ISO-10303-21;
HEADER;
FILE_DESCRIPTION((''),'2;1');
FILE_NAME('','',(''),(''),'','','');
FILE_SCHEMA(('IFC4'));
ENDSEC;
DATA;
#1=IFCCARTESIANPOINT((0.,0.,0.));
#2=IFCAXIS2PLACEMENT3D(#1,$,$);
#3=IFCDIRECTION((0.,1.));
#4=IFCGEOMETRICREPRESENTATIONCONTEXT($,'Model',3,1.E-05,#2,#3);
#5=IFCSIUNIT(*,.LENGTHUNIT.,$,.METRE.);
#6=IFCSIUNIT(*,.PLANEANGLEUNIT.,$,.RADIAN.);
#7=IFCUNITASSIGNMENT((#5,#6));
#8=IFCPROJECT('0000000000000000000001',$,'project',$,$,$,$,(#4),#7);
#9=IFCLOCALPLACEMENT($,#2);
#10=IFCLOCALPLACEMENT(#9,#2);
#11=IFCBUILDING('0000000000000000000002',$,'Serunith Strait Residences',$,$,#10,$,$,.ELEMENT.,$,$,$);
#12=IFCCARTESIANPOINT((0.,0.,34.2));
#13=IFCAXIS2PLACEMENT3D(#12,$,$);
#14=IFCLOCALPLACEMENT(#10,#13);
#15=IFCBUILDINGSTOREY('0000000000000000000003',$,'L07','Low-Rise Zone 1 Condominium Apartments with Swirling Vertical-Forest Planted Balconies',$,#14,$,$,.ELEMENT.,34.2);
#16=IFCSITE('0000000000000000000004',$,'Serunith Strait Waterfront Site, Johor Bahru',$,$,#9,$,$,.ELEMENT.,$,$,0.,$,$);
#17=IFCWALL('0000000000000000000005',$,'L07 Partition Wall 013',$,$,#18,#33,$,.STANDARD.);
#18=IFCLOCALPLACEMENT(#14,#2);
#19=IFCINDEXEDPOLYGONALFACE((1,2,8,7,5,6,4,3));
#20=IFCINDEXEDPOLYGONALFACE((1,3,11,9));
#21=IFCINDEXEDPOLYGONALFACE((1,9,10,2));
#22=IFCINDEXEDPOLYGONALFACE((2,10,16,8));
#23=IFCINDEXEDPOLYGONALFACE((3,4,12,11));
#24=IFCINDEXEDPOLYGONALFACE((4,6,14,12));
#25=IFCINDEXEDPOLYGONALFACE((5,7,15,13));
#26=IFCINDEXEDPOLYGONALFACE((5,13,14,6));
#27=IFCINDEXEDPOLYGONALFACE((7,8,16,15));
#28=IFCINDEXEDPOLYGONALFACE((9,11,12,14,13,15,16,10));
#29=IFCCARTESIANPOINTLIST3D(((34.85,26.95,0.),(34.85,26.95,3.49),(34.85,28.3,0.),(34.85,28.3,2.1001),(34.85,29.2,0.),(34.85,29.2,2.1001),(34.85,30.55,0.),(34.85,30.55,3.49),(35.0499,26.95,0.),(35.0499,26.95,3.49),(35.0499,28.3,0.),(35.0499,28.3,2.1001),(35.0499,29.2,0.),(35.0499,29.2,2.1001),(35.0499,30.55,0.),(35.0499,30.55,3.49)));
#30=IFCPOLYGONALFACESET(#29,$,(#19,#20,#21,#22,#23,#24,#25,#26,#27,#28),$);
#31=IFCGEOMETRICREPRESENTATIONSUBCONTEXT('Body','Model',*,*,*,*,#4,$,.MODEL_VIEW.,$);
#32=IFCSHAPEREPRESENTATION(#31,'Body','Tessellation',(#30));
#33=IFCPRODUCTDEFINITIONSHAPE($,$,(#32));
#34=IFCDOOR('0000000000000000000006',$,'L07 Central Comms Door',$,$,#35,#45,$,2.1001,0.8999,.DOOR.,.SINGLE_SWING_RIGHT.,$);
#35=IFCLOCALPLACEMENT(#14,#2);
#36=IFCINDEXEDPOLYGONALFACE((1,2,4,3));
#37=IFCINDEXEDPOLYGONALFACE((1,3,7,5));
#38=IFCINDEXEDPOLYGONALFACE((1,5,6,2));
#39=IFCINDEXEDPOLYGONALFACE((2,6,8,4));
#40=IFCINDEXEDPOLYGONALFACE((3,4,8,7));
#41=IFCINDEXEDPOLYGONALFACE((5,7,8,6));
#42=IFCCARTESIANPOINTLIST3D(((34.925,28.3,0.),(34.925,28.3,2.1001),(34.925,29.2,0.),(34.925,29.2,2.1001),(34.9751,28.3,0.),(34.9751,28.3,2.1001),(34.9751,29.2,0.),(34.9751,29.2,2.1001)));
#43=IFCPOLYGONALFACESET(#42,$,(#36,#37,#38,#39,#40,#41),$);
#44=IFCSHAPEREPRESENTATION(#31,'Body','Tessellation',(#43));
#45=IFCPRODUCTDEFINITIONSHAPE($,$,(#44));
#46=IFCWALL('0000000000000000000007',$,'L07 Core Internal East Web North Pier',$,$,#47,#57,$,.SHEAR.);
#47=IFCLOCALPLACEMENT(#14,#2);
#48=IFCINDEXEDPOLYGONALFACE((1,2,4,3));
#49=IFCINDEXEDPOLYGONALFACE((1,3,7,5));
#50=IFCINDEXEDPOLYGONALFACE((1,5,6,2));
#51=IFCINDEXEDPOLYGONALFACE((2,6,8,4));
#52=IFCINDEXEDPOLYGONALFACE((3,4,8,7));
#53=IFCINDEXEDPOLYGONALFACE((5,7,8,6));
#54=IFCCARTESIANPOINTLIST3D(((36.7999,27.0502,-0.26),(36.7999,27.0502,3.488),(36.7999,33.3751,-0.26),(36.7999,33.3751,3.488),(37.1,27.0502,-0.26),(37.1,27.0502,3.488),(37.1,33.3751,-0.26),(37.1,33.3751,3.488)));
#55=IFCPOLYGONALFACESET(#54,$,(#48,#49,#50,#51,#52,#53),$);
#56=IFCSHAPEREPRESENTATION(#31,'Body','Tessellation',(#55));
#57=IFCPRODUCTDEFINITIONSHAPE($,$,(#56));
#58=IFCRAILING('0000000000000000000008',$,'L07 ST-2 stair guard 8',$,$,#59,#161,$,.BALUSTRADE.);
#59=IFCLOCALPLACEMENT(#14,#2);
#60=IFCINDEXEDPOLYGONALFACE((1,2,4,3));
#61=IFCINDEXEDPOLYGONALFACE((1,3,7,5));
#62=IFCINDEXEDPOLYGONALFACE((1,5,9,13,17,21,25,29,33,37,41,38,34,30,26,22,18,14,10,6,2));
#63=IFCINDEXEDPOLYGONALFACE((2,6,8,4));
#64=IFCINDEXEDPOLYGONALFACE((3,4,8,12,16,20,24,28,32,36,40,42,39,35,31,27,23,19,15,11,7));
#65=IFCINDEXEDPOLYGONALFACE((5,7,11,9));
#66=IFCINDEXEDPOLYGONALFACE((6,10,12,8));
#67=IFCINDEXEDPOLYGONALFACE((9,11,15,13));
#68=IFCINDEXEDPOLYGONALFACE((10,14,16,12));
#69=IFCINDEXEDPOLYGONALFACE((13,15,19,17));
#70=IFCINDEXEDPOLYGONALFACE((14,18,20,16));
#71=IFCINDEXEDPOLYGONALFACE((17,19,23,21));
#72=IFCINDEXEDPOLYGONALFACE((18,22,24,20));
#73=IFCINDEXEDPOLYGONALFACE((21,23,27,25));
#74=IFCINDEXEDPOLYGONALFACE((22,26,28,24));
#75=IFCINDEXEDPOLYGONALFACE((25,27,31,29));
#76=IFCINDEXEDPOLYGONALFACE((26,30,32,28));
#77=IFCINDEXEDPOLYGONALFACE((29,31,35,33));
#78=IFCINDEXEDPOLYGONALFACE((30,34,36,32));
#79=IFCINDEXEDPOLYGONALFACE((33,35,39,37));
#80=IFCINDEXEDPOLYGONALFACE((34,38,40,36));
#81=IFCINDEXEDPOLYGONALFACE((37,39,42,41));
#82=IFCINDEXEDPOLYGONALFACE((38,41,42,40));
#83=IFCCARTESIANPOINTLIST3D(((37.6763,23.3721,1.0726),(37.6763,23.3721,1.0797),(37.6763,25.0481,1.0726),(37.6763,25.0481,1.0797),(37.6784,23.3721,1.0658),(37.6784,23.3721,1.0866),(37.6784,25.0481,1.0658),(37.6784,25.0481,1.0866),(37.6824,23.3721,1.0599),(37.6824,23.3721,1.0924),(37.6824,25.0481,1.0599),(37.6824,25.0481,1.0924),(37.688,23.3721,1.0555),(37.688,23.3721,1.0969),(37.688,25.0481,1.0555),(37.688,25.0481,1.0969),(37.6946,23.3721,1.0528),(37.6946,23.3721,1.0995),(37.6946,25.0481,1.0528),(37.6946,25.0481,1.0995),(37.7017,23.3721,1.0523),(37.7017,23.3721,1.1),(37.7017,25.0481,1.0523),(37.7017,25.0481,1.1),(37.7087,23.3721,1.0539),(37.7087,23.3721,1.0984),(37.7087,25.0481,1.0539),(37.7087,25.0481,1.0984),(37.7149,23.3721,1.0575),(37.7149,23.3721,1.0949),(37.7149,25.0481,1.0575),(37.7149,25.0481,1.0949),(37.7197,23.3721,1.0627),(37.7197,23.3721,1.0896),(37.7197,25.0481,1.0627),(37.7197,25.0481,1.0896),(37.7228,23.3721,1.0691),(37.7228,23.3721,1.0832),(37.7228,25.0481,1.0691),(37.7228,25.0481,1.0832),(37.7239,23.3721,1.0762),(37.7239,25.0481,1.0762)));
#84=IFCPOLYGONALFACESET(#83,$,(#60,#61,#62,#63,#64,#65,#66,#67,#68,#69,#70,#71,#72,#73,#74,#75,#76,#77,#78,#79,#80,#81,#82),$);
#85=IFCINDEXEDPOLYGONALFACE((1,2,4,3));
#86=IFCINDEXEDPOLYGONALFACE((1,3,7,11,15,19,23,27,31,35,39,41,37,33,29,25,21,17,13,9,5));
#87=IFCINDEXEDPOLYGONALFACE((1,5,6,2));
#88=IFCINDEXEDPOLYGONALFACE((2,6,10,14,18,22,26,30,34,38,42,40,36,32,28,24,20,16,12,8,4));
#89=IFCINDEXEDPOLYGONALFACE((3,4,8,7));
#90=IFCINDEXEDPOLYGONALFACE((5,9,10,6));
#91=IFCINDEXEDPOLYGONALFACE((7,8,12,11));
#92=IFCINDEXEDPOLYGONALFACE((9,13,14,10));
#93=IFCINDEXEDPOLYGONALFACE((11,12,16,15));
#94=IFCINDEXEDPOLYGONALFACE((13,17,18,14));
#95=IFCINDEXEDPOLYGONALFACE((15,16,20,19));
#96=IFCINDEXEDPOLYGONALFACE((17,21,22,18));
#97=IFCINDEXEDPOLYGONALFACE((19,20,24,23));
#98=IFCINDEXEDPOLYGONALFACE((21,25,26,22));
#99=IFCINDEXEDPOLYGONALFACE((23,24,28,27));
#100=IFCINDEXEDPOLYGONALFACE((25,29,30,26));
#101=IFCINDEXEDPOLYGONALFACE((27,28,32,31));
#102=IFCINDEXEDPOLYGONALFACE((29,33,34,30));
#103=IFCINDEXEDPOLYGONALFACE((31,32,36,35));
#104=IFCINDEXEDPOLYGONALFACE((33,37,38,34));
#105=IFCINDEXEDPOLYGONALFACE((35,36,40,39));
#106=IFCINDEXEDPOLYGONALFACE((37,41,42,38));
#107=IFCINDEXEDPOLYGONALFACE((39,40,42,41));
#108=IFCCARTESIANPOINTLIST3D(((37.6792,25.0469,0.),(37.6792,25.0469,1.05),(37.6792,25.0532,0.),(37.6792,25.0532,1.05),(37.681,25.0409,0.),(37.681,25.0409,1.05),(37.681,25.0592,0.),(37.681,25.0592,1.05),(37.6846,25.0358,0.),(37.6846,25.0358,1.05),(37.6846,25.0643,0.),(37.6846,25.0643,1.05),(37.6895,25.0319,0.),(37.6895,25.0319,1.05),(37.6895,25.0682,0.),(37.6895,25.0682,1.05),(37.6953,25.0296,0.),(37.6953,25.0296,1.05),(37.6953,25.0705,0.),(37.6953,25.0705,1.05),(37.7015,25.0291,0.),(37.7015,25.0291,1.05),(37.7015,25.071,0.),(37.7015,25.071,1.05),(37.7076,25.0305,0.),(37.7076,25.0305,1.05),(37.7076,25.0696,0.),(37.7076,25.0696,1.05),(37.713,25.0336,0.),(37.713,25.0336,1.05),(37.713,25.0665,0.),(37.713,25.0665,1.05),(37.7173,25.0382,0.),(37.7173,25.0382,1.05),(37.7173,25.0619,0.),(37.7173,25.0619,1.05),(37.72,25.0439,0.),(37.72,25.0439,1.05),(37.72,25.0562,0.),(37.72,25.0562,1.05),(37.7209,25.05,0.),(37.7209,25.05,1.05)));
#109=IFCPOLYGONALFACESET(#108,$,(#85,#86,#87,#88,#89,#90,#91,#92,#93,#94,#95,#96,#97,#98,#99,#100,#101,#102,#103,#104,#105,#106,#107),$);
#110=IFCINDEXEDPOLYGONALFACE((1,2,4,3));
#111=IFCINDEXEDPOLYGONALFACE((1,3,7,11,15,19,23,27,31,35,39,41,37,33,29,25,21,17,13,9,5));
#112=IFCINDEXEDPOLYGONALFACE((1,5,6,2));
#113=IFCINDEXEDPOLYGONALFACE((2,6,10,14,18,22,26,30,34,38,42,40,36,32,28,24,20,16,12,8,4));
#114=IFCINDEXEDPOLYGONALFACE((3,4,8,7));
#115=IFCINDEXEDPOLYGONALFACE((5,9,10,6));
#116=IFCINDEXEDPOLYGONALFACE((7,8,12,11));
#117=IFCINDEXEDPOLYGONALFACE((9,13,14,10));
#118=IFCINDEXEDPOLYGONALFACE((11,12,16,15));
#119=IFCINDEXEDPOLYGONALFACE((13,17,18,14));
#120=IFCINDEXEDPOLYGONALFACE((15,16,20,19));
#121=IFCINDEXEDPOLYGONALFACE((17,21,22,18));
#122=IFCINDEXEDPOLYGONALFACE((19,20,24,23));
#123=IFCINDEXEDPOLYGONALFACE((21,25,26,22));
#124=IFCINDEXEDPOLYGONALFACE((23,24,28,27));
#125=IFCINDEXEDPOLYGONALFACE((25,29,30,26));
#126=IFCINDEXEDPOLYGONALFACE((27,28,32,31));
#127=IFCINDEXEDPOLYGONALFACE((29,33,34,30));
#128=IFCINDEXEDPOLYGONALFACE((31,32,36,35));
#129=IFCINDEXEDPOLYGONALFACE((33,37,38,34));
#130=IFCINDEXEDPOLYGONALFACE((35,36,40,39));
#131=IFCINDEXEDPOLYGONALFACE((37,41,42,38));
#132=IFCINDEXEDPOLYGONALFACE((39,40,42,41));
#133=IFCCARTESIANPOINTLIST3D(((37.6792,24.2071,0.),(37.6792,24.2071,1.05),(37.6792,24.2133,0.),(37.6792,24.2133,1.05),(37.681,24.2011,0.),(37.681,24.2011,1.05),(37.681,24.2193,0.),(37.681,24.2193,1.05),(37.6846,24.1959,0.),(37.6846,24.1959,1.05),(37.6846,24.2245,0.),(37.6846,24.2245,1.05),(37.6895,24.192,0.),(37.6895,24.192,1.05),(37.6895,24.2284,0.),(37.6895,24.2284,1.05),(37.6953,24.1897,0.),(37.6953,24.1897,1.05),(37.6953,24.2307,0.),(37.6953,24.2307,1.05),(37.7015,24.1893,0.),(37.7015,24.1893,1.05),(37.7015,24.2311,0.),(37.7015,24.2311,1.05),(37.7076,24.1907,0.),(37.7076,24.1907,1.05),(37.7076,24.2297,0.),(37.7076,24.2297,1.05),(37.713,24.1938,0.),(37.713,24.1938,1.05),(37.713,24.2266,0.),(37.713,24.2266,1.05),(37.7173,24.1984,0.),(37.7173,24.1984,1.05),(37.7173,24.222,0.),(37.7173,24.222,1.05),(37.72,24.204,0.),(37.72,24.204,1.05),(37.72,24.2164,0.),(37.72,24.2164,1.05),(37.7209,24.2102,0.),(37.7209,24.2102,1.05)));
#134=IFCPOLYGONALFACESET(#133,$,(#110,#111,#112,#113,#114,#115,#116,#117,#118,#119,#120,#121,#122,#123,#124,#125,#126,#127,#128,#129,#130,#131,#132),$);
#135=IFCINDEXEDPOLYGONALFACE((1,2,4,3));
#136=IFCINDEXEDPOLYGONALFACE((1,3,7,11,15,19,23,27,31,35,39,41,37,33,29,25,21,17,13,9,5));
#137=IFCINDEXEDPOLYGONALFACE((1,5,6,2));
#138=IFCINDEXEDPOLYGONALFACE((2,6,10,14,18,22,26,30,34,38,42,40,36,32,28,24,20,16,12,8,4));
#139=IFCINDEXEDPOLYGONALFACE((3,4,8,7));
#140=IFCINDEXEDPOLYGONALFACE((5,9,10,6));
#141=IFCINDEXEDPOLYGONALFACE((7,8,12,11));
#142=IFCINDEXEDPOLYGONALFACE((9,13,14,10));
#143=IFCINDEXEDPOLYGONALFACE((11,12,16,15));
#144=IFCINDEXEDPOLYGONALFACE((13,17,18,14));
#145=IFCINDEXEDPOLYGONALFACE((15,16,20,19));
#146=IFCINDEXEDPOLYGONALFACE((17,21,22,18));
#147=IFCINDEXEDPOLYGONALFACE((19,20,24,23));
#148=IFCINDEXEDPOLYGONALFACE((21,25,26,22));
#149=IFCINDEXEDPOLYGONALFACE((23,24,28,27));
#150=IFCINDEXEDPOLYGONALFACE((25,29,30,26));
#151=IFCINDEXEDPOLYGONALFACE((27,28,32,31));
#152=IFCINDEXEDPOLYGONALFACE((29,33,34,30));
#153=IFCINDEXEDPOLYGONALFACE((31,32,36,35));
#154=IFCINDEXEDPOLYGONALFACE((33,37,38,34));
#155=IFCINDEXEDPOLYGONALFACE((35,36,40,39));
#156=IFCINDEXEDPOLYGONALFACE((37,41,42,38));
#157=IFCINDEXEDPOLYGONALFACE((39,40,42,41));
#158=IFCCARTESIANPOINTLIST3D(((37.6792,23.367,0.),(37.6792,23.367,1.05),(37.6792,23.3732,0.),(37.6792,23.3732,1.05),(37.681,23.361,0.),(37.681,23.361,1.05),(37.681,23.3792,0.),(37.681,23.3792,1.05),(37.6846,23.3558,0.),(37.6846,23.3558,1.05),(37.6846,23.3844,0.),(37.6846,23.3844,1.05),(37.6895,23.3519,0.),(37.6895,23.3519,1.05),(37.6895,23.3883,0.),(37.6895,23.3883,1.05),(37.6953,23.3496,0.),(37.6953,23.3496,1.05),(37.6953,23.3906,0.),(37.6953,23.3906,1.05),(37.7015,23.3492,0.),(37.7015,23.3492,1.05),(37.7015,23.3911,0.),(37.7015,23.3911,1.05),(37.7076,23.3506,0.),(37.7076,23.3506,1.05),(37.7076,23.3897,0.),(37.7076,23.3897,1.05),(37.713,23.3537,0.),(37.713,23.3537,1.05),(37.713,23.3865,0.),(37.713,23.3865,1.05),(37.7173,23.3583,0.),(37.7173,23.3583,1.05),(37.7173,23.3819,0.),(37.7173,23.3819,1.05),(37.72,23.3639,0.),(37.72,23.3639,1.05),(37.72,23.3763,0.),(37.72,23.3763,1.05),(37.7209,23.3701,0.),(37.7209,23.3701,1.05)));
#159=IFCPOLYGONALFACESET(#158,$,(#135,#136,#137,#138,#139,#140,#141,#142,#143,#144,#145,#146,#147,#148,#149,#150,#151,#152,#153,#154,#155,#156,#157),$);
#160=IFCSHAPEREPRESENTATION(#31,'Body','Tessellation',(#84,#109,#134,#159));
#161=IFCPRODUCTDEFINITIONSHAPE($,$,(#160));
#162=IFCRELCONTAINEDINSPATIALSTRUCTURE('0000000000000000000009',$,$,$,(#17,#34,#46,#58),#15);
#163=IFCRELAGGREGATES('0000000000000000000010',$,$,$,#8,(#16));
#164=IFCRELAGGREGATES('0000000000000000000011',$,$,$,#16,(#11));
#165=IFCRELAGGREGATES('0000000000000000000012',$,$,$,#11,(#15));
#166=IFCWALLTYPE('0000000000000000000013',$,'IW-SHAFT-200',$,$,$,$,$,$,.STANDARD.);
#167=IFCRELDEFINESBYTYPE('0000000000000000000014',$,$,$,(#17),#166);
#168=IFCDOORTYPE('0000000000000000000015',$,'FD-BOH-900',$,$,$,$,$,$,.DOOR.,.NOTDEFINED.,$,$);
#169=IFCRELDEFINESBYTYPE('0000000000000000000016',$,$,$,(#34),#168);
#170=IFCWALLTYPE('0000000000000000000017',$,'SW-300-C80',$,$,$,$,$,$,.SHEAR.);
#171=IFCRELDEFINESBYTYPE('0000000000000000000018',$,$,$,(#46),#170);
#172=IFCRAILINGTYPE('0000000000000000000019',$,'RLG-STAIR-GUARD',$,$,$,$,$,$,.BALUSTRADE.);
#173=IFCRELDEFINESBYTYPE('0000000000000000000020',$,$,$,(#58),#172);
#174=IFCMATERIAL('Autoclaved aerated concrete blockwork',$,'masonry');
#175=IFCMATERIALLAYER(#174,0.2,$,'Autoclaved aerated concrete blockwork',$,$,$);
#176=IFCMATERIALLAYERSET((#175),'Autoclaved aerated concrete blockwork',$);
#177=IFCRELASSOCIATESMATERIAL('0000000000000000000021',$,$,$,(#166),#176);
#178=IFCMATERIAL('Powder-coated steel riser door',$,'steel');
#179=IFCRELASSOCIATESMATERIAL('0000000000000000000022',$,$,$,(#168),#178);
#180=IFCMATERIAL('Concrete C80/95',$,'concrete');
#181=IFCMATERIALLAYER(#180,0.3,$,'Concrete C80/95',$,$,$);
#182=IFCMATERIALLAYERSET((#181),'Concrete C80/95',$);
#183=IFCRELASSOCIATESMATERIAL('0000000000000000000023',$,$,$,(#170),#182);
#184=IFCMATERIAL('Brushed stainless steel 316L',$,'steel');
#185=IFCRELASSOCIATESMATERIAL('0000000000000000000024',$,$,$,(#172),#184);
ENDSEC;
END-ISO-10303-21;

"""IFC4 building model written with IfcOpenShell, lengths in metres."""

from ifc_helpers import new_model, si_unit, direction, frame, frame_2d, origin, origin_2d, place, context, subcontext, project, spatial, rectangle, circle, extrude, source, transform, mapped, material, layer, layer_set, type_object, element, fill, save


model = new_model("IFC4")

# Units and contexts
model_context = context("Model", 3, precision=1e-05, world=origin(), true_north=direction((0.0, 1.0)))
body_context = subcontext(model_context, "Body", "Model", "MODEL_VIEW")
ifc_project = project(units=[si_unit("LENGTHUNIT", "METRE"), si_unit("PLANEANGLEUNIT", "RADIAN")], contexts=[model_context])

# Site, building, storey
site_placement = place(None, origin())
site = spatial("IfcSite", under=ifc_project, at=site_placement, Name="Serunith Strait Waterfront Site, Johor Bahru", CompositionType="ELEMENT", RefElevation=0.0)
building_placement = place(site_placement, origin())
building = spatial("IfcBuilding", under=site, at=building_placement, Name="Serunith Strait Residences", CompositionType="ELEMENT")
storey_placement = place(building_placement, frame((0.0, 0.0, 34.2)))
storey = spatial("IfcBuildingStorey", under=building, at=storey_placement, Name="L07", Description="Low-Rise Zone 1 Condominium Apartments with Swirling Vertical-Forest Planted Balconies", CompositionType="ELEMENT", Elevation=34.2)

# Shared definitions
ifc_material_1 = material(Name="Autoclaved aerated concrete blockwork", Category="masonry")
ifc_layer_1 = layer(ifc_material_1, 0.2, Name="Autoclaved aerated concrete blockwork")
ifc_layer_set_1 = layer_set([ifc_layer_1], Name="Autoclaved aerated concrete blockwork")
wall_type_1 = type_object("IfcWallType", Name="IW-SHAFT-200", PredefinedType="STANDARD", material=ifc_layer_set_1)

# Wall, opening, door
wall_1_placement = place(storey_placement, frame((34.95, 26.95, 0.0), z_axis=(0.0, 0.0, 1.0), x_axis=(0.0, 1.0, 0.0)))
wall_1 = element("IfcWall", 1, at=wall_1_placement, inside=storey, type_object=wall_type_1, Name="L07 Partition Wall 013", PredefinedType="STANDARD", context=body_context, shape_type="SweptSolid", body=[
    extrude(rectangle(XDim=3.6001, YDim=0.2, at=frame_2d((1.8, 0.0))), origin(), (0.0, 0.0, 1.0), 3.49),
])
opening_1_placement = place(wall_1_placement, frame((1.3501, 0.0, 0.0)))
opening_1 = element("IfcOpeningElement", 2, at=opening_1_placement, cuts=wall_1, PredefinedType="OPENING", context=body_context, shape_type="SweptSolid", body=[
    extrude(rectangle(XDim=0.8999, YDim=2.1001, at=frame_2d((0.45, 1.05))), frame((0.0, 0.1099, 0.0), z_axis=(0.0, -1.0, 0.0), x_axis=(1.0, 0.0, 0.0)), (0.0, 0.0, 1.0), 0.22),
])
ifc_material_2 = material(Name="Powder-coated steel riser door", Category="steel")
door_type_1 = type_object("IfcDoorType", Name="FD-BOH-900", OperationType="NOTDEFINED", PredefinedType="DOOR", material=ifc_material_2)
shared_shape_1 = source(origin(), body_context, "Body", "SweptSolid", [
    extrude(rectangle(XDim=0.8999, YDim=2.1001, at=frame_2d((0.45, 1.05))), frame((0.0, 0.0249, 0.0), z_axis=(0.0, -1.0, 0.0), x_axis=(1.0, 0.0, 0.0)), (0.0, 0.0, 1.0), 0.05),
])
door_1_placement = place(opening_1_placement, origin())
door_1 = element("IfcDoor", 3, at=door_1_placement, inside=storey, type_object=door_type_1, Name="L07 Central Comms Door", OperationType="SINGLE_SWING_RIGHT", OverallHeight=2.1001, OverallWidth=0.8999, PredefinedType="DOOR", context=body_context, shape_type="MappedRepresentation", body=[
    mapped(shared_shape_1, transform((0.0, 0.0, 0.0), scale=1.0)),
])
fill(opening_1, door_1)

# Wall
ifc_material_3 = material(Name="Concrete C80/95", Category="concrete")
ifc_layer_2 = layer(ifc_material_3, 0.3, Name="Concrete C80/95")
ifc_layer_set_2 = layer_set([ifc_layer_2], Name="Concrete C80/95")
wall_type_2 = type_object("IfcWallType", Name="SW-300-C80", PredefinedType="SHEAR", material=ifc_layer_set_2)
wall_2_placement = place(storey_placement, frame((36.95, 27.05, -0.26), z_axis=(0.0, 0.0, 1.0), x_axis=(0.0, 1.0, 0.0)))
element("IfcWall", 4, at=wall_2_placement, inside=storey, type_object=wall_type_2, Name="L07 Core Internal East Web North Pier", PredefinedType="SHEAR", context=body_context, shape_type="SweptSolid", body=[
    extrude(rectangle(XDim=6.325, YDim=0.3, at=frame_2d((3.1626, 0.0))), origin(), (0.0, 0.0, 1.0), 3.748),
])

# Railing
ifc_material_4 = material(Name="Brushed stainless steel 316L", Category="steel")
railing_type = type_object("IfcRailingType", Name="RLG-STAIR-GUARD", PredefinedType="BALUSTRADE", material=ifc_material_4)
railing_placement = place(storey_placement, frame((37.7, 25.05, 0.0)))
element("IfcRailing", 5, at=railing_placement, inside=storey, type_object=railing_type, Name="L07 ST-2 stair guard 8", PredefinedType="BALUSTRADE", context=body_context, shape_type="SweptSolid", body=[
    extrude(circle(Radius=0.0239, at=origin_2d()), frame((0.0, -0.002, 1.0762), z_axis=(0.0, -1.0, 0.0), x_axis=(1.0, 0.0, 0.0)), (0.0, 0.0, 1.0), 1.676),
    extrude(circle(Radius=0.021, at=origin_2d()), origin(), (0.0, 0.0, 1.0), 1.05),
    extrude(circle(Radius=0.021, at=origin_2d()), frame((0.0, -0.8398, 0.0)), (0.0, 0.0, 1.0), 1.05),
    extrude(circle(Radius=0.021, at=origin_2d()), frame((0.0, -1.6799, 0.0)), (0.0, 0.0, 1.0), 1.05),
])

save(model, "model.ifc")
